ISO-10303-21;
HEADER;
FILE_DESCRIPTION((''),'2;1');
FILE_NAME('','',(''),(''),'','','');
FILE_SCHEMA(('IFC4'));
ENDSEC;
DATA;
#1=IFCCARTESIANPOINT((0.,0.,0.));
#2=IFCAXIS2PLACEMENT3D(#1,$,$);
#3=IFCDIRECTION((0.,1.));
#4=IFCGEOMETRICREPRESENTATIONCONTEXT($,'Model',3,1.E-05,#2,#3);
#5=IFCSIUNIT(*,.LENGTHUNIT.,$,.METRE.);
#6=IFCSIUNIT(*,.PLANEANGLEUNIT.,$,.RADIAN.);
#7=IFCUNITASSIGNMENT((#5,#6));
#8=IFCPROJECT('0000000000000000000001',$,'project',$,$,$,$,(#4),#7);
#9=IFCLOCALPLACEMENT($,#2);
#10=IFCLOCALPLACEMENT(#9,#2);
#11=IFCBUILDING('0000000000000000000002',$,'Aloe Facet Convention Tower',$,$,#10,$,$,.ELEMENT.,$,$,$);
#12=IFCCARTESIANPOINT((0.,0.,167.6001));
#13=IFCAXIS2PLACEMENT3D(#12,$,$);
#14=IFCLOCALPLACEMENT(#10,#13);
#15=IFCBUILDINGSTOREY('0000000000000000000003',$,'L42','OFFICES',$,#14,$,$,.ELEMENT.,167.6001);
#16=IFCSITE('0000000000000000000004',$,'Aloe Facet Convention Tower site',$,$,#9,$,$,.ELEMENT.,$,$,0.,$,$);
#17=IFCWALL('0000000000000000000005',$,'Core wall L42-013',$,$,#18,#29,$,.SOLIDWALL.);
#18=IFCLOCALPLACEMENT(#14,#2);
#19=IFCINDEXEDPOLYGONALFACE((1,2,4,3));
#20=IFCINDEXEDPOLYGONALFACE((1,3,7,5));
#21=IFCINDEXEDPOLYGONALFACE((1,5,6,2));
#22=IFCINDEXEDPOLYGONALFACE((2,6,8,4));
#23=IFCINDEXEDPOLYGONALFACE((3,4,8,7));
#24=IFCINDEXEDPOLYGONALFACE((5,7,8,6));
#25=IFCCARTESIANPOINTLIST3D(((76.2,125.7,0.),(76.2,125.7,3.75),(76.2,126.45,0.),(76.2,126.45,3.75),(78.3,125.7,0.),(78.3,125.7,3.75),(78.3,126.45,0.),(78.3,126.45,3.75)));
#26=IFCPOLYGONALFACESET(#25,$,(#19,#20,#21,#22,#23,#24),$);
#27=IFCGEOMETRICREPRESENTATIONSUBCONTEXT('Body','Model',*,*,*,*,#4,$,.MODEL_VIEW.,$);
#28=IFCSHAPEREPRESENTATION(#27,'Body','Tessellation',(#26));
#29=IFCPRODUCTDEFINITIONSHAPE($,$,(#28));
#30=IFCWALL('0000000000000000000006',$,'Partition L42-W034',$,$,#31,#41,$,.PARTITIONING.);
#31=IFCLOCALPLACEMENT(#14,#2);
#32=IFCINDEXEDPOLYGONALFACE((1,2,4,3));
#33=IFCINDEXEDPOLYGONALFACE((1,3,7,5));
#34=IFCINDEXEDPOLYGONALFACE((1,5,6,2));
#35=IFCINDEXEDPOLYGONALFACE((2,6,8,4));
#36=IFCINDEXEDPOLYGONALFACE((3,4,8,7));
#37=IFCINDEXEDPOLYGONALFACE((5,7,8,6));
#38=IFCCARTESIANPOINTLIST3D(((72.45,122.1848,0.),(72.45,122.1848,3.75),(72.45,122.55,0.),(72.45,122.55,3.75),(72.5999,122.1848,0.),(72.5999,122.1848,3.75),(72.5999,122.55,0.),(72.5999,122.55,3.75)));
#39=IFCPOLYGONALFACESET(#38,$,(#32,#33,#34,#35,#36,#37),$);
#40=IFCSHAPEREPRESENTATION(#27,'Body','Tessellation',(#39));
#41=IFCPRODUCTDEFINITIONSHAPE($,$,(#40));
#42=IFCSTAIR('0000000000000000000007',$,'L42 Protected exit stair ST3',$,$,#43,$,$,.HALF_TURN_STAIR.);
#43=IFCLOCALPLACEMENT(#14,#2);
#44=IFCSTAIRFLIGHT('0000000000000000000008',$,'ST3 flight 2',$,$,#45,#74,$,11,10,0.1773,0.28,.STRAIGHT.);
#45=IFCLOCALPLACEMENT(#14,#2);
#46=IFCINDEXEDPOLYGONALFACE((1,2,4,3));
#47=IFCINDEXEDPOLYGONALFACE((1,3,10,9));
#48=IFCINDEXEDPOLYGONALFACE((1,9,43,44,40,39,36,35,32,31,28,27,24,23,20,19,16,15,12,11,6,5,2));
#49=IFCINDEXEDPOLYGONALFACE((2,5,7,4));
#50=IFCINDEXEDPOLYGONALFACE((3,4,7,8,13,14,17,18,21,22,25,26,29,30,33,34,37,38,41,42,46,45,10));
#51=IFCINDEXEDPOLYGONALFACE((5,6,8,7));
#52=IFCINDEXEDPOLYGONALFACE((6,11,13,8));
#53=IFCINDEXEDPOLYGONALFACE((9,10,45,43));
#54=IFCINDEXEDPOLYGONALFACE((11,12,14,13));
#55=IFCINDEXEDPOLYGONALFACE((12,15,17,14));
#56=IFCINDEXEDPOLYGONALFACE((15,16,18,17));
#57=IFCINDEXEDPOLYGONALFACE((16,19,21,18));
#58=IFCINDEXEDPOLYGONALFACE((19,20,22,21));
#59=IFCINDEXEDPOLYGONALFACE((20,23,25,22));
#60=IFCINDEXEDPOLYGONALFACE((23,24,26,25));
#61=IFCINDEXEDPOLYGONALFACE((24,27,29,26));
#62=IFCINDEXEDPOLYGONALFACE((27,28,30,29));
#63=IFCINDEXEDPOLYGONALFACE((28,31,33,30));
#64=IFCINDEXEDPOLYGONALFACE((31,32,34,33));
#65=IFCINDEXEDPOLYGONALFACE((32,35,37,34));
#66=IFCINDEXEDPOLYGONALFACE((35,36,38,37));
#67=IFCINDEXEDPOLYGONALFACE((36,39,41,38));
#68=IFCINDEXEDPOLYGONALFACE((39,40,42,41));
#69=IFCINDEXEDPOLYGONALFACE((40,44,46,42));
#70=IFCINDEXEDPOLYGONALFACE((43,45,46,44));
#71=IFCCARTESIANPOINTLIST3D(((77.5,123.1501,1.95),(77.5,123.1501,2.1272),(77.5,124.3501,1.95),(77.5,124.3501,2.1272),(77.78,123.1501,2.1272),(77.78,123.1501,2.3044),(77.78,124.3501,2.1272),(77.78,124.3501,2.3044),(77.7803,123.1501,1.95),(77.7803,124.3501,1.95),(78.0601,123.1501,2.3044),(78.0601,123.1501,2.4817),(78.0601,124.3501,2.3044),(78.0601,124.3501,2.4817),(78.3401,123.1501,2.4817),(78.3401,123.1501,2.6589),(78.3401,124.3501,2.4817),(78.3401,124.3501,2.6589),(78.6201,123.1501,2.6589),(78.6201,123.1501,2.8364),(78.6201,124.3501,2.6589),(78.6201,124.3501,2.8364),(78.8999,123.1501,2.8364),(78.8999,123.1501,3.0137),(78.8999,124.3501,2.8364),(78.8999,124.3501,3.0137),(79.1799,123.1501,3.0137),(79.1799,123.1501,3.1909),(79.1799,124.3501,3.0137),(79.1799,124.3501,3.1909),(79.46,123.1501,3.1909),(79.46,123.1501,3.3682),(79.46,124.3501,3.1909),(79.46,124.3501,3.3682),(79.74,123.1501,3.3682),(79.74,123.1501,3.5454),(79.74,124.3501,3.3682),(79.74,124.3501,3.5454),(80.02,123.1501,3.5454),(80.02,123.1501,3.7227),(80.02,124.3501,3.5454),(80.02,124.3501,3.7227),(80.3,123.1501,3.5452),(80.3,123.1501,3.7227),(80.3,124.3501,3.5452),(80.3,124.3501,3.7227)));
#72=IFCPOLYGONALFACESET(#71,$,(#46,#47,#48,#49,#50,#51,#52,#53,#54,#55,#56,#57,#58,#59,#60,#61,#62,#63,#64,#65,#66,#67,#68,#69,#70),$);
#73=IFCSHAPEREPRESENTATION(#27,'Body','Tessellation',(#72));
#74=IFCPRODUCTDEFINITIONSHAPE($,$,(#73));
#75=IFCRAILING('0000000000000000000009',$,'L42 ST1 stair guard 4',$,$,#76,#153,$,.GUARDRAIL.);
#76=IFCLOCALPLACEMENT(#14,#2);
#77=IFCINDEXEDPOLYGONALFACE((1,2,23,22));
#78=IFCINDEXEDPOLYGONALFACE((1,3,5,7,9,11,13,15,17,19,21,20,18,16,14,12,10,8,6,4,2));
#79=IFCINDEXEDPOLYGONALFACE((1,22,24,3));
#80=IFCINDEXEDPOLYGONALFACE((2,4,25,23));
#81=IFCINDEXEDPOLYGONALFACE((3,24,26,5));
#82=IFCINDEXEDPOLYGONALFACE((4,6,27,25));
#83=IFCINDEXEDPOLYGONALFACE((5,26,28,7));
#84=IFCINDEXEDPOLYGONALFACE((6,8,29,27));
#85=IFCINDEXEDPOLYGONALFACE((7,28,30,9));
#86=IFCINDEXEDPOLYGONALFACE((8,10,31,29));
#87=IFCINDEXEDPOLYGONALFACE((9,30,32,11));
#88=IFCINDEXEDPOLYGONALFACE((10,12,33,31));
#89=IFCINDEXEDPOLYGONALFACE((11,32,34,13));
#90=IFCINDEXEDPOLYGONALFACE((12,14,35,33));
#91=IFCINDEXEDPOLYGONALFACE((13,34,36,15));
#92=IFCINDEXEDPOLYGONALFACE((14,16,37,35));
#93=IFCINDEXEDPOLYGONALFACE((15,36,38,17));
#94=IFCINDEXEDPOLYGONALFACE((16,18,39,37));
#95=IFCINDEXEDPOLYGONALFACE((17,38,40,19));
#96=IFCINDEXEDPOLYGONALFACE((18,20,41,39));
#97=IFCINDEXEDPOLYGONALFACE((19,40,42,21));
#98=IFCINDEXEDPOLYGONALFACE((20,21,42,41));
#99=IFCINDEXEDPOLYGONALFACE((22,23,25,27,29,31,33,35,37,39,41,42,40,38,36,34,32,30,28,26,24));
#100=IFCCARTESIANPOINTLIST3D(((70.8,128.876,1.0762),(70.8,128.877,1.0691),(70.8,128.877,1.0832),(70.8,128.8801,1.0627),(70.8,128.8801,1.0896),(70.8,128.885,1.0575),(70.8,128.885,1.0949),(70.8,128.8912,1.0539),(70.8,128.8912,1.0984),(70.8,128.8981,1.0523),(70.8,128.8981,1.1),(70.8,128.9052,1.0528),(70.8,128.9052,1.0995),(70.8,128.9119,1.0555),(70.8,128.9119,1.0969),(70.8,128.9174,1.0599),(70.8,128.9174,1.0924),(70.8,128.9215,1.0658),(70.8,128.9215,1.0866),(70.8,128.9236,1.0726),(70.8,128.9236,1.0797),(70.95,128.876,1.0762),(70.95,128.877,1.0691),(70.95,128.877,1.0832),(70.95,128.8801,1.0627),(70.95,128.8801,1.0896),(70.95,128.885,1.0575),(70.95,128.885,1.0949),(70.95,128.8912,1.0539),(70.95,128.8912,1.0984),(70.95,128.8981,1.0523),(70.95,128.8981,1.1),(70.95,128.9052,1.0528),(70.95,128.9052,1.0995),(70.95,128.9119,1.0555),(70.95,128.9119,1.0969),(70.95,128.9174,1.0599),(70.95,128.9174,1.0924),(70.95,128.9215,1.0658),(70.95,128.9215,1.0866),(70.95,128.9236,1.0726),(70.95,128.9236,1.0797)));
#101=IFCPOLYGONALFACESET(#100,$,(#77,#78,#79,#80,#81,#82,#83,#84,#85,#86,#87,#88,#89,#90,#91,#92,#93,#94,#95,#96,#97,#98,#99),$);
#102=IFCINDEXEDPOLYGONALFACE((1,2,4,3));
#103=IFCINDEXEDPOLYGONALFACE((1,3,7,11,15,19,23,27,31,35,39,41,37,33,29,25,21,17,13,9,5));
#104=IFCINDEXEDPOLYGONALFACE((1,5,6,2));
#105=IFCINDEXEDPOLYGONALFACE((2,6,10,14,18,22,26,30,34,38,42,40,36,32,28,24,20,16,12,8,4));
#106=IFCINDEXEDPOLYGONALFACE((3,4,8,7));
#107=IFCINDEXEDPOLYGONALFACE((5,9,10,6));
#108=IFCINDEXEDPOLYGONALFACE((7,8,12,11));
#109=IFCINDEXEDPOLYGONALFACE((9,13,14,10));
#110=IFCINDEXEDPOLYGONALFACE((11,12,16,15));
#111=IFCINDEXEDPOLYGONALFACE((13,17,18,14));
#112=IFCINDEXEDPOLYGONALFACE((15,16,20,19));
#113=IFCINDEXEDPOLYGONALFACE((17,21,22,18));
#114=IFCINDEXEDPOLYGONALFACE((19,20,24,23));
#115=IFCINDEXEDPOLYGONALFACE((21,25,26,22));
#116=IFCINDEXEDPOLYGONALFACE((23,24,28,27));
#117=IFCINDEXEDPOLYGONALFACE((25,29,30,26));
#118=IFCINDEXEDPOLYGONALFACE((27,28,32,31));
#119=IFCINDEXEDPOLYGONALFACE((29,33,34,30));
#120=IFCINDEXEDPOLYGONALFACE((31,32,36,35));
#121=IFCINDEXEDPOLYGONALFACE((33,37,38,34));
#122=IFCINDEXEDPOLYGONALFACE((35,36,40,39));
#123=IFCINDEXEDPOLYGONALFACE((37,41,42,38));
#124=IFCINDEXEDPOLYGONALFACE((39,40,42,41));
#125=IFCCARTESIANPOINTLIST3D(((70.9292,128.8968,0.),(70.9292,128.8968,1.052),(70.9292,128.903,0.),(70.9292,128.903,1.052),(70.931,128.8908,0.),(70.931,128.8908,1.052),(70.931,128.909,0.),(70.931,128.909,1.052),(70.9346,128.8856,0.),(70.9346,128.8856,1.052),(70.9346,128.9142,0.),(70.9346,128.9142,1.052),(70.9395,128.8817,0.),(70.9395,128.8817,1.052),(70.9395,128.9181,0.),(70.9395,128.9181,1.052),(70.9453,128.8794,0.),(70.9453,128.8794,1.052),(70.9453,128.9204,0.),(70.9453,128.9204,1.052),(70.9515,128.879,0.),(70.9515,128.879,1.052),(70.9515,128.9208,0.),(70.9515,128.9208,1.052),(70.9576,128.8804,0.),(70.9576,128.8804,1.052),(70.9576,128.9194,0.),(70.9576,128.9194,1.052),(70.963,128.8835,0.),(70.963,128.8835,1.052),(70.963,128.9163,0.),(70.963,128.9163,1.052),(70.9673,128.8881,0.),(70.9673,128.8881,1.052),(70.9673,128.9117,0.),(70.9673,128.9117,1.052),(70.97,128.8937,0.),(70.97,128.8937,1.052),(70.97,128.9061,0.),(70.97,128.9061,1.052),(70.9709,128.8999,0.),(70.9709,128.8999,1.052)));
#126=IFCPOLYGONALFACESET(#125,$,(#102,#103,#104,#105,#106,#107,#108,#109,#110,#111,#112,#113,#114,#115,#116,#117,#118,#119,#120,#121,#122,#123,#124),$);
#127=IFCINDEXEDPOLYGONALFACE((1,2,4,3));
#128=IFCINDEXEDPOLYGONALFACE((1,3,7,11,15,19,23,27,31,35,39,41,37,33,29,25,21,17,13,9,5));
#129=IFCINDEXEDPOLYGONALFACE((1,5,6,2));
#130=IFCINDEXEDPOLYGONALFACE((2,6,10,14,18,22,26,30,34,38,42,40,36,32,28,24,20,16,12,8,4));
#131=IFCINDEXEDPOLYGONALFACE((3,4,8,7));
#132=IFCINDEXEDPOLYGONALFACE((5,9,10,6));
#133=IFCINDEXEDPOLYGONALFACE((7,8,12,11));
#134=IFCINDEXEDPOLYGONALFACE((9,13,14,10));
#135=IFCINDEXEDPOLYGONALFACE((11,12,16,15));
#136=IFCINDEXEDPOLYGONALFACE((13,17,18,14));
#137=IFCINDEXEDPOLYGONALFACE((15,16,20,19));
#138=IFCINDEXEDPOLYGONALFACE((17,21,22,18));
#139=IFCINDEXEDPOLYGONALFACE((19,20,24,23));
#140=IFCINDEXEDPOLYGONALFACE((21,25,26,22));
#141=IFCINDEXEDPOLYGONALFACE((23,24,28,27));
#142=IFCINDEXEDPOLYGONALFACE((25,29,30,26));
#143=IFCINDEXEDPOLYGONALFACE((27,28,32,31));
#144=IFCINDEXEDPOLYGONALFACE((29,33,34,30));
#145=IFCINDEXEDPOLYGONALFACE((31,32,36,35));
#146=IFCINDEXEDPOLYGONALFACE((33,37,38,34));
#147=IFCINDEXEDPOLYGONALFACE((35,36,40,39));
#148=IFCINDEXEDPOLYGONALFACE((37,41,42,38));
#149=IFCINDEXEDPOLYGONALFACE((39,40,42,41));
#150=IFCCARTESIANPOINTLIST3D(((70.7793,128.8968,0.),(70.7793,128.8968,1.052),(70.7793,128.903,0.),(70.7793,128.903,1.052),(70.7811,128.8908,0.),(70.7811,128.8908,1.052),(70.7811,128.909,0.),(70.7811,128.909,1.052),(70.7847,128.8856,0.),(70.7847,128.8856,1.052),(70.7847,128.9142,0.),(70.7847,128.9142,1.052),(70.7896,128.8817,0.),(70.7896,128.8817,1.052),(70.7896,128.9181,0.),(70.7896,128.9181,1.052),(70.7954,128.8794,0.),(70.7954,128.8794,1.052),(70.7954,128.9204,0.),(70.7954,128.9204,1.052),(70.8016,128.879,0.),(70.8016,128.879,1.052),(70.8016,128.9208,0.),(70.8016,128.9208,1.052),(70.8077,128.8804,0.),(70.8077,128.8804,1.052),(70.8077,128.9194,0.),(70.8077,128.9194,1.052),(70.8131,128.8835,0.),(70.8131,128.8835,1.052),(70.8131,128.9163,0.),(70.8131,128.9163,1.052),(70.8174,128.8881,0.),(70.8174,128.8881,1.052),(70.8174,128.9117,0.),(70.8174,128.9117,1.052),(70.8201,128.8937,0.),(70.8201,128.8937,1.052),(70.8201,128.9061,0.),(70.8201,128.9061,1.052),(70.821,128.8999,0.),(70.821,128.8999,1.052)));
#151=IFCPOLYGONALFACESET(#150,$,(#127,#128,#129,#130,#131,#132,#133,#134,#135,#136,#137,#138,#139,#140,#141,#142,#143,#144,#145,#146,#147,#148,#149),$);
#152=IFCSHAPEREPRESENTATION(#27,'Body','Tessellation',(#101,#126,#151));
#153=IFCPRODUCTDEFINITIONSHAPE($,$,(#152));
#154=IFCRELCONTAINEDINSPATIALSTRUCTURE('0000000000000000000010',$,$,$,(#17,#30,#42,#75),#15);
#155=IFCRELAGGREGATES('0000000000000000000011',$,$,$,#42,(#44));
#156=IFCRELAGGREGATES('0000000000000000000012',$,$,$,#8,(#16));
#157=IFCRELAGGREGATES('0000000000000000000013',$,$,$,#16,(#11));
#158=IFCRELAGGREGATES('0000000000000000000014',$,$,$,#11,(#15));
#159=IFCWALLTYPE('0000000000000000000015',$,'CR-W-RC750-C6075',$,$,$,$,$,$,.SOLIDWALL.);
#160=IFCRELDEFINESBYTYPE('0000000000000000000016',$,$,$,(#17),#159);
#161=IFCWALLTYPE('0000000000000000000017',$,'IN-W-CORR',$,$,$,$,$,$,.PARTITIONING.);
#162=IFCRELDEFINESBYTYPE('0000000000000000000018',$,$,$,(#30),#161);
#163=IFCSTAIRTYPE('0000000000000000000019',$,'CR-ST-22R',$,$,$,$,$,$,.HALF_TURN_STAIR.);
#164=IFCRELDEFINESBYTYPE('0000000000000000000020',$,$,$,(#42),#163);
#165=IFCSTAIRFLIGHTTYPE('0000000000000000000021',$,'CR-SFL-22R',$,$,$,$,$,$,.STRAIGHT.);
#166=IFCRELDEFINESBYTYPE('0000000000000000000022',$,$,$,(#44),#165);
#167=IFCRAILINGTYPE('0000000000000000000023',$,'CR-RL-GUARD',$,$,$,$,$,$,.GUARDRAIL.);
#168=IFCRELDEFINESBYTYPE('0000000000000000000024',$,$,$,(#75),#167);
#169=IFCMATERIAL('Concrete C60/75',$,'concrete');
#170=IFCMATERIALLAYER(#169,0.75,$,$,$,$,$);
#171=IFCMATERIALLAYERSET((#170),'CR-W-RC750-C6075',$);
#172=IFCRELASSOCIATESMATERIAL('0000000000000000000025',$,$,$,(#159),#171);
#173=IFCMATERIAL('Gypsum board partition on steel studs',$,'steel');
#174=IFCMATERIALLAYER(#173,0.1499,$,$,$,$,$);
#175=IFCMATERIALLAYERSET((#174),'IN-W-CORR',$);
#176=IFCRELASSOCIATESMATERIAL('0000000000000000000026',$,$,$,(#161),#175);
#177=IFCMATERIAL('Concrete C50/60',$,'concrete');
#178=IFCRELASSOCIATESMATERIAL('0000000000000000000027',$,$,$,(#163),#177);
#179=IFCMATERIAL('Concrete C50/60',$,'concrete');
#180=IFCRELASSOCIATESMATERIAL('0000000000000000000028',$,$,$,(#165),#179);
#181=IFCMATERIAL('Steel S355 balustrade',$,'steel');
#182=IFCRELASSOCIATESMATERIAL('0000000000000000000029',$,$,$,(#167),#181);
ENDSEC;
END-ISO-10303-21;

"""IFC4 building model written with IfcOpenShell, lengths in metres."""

from ifc_helpers import new_model, si_unit, direction, frame, frame_2d, origin, origin_2d, place, context, subcontext, project, spatial, polyline, rectangle, circle, outline, extrude, material, layer, layer_set, type_object, element, aggregate, save


model = new_model("IFC4")

# Units and contexts
model_context = context("Model", 3, precision=1e-05, world=origin(), true_north=direction((0.0, 1.0)))
body_context = subcontext(model_context, "Body", "Model", "MODEL_VIEW")
ifc_project = project(units=[si_unit("LENGTHUNIT", "METRE"), si_unit("PLANEANGLEUNIT", "RADIAN")], contexts=[model_context])

# Site, building, storey
site_placement = place(None, origin())
site = spatial("IfcSite", under=ifc_project, at=site_placement, Name="Aloe Facet Convention Tower site", CompositionType="ELEMENT", RefElevation=0.0)
building_placement = place(site_placement, origin())
building = spatial("IfcBuilding", under=site, at=building_placement, Name="Aloe Facet Convention Tower", CompositionType="ELEMENT")
storey_placement = place(building_placement, frame((0.0, 0.0, 167.6001)))
storey = spatial("IfcBuildingStorey", under=building, at=storey_placement, Name="L42", Description="OFFICES", CompositionType="ELEMENT", Elevation=167.6001)

# Walls
ifc_material_1 = material(Name="Concrete C60/75", Category="concrete")
ifc_layer_1 = layer(ifc_material_1, 0.75)
ifc_layer_set_1 = layer_set([ifc_layer_1], Name="CR-W-RC750-C6075")
wall_type_1 = type_object("IfcWallType", Name="CR-W-RC750-C6075", PredefinedType="SOLIDWALL", material=ifc_layer_set_1)
wall_1_placement = place(storey_placement, frame((76.2, 126.075, 0.0), z_axis=(0.0, 0.0, 1.0), x_axis=(1.0, 0.0, 0.0)))
element("IfcWall", 1, at=wall_1_placement, inside=storey, type_object=wall_type_1, Name="Core wall L42-013", PredefinedType="SOLIDWALL", context=body_context, shape_type="SweptSolid", body=[
    extrude(rectangle(XDim=2.1001, YDim=0.75, at=frame_2d((1.05, 0.0))), origin(), (0.0, 0.0, 1.0), 3.75),
])
ifc_material_2 = material(Name="Gypsum board partition on steel studs", Category="steel")
ifc_layer_2 = layer(ifc_material_2, 0.1499)
ifc_layer_set_2 = layer_set([ifc_layer_2], Name="IN-W-CORR")
wall_type_2 = type_object("IfcWallType", Name="IN-W-CORR", PredefinedType="PARTITIONING", material=ifc_layer_set_2)
wall_2_placement = place(storey_placement, frame((72.5249, 122.1848, 0.0), z_axis=(0.0, 0.0, 1.0), x_axis=(0.0, 1.0, 0.0)))
element("IfcWall", 2, at=wall_2_placement, inside=storey, type_object=wall_type_2, Name="Partition L42-W034", PredefinedType="PARTITIONING", context=body_context, shape_type="SweptSolid", body=[
    extrude(rectangle(XDim=0.3652, YDim=0.1499, at=frame_2d((0.1826, 0.0))), origin(), (0.0, 0.0, 1.0), 3.75),
])

# Stair, stair flight
ifc_material_3 = material(Name="Concrete C50/60", Category="concrete")
stair_type = type_object("IfcStairType", Name="CR-ST-22R", PredefinedType="HALF_TURN_STAIR", material=ifc_material_3)
stair_placement = place(storey_placement, origin())
stair = element("IfcStair", 3, at=stair_placement, inside=storey, type_object=stair_type, Name="L42 Protected exit stair ST3", PredefinedType="HALF_TURN_STAIR")
ifc_material_4 = material(Name="Concrete C50/60", Category="concrete")
stair_flight_type = type_object("IfcStairFlightType", Name="CR-SFL-22R", PredefinedType="STRAIGHT", material=ifc_material_4)
stair_flight_placement = place(storey_placement, frame((77.5, 123.75, 1.95), z_axis=(0.0, 0.0, 1.0), x_axis=(1.0, 0.0, 0.0)))
stair_flight = element("IfcStairFlight", 4, at=stair_flight_placement, type_object=stair_flight_type, Name="ST3 flight 2", NumberOfRisers=11, NumberOfTreads=10, PredefinedType="STRAIGHT", RiserHeight=0.1773, TreadLength=0.28, context=body_context, shape_type="SweptSolid", body=[
    extrude(outline(polyline([(0.0, 0.0), (0.0, 0.1772), (0.28, 0.1772), (0.28, 0.3545), (0.5601, 0.3545), (0.5601, 0.5317), (0.8401, 0.5317), (0.8401, 0.709), (1.1201, 0.709), (1.1201, 0.8865), (1.3999, 0.8865), (1.3999, 1.0637), (1.6799, 1.0637), (1.6799, 1.241), (1.96, 1.241), (1.96, 1.4182), (2.24, 1.4182), (2.24, 1.5955), (2.52, 1.5955), (2.52, 1.7727), (2.8, 1.7727), (2.8, 1.95), (2.8, 1.5952), (0.2803, 0.0), (0.0, 0.0)])), frame((0.0, 0.6001, 0.0), z_axis=(0.0, -1.0, 0.0), x_axis=(1.0, 0.0, 0.0)), (0.0, 0.0, 1.0), 1.2),
])
aggregate(stair, [stair_flight])

# Railing
ifc_material_5 = material(Name="Steel S355 balustrade", Category="steel")
railing_type_1 = type_object("IfcRailingType", Name="CR-RL-GUARD", PredefinedType="GUARDRAIL", material=ifc_material_5)
railing_1_placement = place(storey_placement, frame((70.95, 128.8999, 0.0)))
element("IfcRailing", 5, at=railing_1_placement, inside=storey, type_object=railing_type_1, Name="L42 ST1 stair guard 4", PredefinedType="GUARDRAIL", context=body_context, shape_type="SweptSolid", body=[
    extrude(circle(Radius=0.0239, at=origin_2d()), frame((0.0, 0.0, 1.0762), z_axis=(-1.0, 0.0, 0.0), x_axis=(0.0, -1.0, 0.0)), (0.0, 0.0, 1.0), 0.1499),
    extrude(circle(Radius=0.021, at=origin_2d()), origin(), (0.0, 0.0, 1.0), 1.052),
    extrude(circle(Radius=0.021, at=origin_2d()), frame((-0.1499, 0.0, 0.0)), (0.0, 0.0, 1.0), 1.052),
])

save(model, "model.ifc")
